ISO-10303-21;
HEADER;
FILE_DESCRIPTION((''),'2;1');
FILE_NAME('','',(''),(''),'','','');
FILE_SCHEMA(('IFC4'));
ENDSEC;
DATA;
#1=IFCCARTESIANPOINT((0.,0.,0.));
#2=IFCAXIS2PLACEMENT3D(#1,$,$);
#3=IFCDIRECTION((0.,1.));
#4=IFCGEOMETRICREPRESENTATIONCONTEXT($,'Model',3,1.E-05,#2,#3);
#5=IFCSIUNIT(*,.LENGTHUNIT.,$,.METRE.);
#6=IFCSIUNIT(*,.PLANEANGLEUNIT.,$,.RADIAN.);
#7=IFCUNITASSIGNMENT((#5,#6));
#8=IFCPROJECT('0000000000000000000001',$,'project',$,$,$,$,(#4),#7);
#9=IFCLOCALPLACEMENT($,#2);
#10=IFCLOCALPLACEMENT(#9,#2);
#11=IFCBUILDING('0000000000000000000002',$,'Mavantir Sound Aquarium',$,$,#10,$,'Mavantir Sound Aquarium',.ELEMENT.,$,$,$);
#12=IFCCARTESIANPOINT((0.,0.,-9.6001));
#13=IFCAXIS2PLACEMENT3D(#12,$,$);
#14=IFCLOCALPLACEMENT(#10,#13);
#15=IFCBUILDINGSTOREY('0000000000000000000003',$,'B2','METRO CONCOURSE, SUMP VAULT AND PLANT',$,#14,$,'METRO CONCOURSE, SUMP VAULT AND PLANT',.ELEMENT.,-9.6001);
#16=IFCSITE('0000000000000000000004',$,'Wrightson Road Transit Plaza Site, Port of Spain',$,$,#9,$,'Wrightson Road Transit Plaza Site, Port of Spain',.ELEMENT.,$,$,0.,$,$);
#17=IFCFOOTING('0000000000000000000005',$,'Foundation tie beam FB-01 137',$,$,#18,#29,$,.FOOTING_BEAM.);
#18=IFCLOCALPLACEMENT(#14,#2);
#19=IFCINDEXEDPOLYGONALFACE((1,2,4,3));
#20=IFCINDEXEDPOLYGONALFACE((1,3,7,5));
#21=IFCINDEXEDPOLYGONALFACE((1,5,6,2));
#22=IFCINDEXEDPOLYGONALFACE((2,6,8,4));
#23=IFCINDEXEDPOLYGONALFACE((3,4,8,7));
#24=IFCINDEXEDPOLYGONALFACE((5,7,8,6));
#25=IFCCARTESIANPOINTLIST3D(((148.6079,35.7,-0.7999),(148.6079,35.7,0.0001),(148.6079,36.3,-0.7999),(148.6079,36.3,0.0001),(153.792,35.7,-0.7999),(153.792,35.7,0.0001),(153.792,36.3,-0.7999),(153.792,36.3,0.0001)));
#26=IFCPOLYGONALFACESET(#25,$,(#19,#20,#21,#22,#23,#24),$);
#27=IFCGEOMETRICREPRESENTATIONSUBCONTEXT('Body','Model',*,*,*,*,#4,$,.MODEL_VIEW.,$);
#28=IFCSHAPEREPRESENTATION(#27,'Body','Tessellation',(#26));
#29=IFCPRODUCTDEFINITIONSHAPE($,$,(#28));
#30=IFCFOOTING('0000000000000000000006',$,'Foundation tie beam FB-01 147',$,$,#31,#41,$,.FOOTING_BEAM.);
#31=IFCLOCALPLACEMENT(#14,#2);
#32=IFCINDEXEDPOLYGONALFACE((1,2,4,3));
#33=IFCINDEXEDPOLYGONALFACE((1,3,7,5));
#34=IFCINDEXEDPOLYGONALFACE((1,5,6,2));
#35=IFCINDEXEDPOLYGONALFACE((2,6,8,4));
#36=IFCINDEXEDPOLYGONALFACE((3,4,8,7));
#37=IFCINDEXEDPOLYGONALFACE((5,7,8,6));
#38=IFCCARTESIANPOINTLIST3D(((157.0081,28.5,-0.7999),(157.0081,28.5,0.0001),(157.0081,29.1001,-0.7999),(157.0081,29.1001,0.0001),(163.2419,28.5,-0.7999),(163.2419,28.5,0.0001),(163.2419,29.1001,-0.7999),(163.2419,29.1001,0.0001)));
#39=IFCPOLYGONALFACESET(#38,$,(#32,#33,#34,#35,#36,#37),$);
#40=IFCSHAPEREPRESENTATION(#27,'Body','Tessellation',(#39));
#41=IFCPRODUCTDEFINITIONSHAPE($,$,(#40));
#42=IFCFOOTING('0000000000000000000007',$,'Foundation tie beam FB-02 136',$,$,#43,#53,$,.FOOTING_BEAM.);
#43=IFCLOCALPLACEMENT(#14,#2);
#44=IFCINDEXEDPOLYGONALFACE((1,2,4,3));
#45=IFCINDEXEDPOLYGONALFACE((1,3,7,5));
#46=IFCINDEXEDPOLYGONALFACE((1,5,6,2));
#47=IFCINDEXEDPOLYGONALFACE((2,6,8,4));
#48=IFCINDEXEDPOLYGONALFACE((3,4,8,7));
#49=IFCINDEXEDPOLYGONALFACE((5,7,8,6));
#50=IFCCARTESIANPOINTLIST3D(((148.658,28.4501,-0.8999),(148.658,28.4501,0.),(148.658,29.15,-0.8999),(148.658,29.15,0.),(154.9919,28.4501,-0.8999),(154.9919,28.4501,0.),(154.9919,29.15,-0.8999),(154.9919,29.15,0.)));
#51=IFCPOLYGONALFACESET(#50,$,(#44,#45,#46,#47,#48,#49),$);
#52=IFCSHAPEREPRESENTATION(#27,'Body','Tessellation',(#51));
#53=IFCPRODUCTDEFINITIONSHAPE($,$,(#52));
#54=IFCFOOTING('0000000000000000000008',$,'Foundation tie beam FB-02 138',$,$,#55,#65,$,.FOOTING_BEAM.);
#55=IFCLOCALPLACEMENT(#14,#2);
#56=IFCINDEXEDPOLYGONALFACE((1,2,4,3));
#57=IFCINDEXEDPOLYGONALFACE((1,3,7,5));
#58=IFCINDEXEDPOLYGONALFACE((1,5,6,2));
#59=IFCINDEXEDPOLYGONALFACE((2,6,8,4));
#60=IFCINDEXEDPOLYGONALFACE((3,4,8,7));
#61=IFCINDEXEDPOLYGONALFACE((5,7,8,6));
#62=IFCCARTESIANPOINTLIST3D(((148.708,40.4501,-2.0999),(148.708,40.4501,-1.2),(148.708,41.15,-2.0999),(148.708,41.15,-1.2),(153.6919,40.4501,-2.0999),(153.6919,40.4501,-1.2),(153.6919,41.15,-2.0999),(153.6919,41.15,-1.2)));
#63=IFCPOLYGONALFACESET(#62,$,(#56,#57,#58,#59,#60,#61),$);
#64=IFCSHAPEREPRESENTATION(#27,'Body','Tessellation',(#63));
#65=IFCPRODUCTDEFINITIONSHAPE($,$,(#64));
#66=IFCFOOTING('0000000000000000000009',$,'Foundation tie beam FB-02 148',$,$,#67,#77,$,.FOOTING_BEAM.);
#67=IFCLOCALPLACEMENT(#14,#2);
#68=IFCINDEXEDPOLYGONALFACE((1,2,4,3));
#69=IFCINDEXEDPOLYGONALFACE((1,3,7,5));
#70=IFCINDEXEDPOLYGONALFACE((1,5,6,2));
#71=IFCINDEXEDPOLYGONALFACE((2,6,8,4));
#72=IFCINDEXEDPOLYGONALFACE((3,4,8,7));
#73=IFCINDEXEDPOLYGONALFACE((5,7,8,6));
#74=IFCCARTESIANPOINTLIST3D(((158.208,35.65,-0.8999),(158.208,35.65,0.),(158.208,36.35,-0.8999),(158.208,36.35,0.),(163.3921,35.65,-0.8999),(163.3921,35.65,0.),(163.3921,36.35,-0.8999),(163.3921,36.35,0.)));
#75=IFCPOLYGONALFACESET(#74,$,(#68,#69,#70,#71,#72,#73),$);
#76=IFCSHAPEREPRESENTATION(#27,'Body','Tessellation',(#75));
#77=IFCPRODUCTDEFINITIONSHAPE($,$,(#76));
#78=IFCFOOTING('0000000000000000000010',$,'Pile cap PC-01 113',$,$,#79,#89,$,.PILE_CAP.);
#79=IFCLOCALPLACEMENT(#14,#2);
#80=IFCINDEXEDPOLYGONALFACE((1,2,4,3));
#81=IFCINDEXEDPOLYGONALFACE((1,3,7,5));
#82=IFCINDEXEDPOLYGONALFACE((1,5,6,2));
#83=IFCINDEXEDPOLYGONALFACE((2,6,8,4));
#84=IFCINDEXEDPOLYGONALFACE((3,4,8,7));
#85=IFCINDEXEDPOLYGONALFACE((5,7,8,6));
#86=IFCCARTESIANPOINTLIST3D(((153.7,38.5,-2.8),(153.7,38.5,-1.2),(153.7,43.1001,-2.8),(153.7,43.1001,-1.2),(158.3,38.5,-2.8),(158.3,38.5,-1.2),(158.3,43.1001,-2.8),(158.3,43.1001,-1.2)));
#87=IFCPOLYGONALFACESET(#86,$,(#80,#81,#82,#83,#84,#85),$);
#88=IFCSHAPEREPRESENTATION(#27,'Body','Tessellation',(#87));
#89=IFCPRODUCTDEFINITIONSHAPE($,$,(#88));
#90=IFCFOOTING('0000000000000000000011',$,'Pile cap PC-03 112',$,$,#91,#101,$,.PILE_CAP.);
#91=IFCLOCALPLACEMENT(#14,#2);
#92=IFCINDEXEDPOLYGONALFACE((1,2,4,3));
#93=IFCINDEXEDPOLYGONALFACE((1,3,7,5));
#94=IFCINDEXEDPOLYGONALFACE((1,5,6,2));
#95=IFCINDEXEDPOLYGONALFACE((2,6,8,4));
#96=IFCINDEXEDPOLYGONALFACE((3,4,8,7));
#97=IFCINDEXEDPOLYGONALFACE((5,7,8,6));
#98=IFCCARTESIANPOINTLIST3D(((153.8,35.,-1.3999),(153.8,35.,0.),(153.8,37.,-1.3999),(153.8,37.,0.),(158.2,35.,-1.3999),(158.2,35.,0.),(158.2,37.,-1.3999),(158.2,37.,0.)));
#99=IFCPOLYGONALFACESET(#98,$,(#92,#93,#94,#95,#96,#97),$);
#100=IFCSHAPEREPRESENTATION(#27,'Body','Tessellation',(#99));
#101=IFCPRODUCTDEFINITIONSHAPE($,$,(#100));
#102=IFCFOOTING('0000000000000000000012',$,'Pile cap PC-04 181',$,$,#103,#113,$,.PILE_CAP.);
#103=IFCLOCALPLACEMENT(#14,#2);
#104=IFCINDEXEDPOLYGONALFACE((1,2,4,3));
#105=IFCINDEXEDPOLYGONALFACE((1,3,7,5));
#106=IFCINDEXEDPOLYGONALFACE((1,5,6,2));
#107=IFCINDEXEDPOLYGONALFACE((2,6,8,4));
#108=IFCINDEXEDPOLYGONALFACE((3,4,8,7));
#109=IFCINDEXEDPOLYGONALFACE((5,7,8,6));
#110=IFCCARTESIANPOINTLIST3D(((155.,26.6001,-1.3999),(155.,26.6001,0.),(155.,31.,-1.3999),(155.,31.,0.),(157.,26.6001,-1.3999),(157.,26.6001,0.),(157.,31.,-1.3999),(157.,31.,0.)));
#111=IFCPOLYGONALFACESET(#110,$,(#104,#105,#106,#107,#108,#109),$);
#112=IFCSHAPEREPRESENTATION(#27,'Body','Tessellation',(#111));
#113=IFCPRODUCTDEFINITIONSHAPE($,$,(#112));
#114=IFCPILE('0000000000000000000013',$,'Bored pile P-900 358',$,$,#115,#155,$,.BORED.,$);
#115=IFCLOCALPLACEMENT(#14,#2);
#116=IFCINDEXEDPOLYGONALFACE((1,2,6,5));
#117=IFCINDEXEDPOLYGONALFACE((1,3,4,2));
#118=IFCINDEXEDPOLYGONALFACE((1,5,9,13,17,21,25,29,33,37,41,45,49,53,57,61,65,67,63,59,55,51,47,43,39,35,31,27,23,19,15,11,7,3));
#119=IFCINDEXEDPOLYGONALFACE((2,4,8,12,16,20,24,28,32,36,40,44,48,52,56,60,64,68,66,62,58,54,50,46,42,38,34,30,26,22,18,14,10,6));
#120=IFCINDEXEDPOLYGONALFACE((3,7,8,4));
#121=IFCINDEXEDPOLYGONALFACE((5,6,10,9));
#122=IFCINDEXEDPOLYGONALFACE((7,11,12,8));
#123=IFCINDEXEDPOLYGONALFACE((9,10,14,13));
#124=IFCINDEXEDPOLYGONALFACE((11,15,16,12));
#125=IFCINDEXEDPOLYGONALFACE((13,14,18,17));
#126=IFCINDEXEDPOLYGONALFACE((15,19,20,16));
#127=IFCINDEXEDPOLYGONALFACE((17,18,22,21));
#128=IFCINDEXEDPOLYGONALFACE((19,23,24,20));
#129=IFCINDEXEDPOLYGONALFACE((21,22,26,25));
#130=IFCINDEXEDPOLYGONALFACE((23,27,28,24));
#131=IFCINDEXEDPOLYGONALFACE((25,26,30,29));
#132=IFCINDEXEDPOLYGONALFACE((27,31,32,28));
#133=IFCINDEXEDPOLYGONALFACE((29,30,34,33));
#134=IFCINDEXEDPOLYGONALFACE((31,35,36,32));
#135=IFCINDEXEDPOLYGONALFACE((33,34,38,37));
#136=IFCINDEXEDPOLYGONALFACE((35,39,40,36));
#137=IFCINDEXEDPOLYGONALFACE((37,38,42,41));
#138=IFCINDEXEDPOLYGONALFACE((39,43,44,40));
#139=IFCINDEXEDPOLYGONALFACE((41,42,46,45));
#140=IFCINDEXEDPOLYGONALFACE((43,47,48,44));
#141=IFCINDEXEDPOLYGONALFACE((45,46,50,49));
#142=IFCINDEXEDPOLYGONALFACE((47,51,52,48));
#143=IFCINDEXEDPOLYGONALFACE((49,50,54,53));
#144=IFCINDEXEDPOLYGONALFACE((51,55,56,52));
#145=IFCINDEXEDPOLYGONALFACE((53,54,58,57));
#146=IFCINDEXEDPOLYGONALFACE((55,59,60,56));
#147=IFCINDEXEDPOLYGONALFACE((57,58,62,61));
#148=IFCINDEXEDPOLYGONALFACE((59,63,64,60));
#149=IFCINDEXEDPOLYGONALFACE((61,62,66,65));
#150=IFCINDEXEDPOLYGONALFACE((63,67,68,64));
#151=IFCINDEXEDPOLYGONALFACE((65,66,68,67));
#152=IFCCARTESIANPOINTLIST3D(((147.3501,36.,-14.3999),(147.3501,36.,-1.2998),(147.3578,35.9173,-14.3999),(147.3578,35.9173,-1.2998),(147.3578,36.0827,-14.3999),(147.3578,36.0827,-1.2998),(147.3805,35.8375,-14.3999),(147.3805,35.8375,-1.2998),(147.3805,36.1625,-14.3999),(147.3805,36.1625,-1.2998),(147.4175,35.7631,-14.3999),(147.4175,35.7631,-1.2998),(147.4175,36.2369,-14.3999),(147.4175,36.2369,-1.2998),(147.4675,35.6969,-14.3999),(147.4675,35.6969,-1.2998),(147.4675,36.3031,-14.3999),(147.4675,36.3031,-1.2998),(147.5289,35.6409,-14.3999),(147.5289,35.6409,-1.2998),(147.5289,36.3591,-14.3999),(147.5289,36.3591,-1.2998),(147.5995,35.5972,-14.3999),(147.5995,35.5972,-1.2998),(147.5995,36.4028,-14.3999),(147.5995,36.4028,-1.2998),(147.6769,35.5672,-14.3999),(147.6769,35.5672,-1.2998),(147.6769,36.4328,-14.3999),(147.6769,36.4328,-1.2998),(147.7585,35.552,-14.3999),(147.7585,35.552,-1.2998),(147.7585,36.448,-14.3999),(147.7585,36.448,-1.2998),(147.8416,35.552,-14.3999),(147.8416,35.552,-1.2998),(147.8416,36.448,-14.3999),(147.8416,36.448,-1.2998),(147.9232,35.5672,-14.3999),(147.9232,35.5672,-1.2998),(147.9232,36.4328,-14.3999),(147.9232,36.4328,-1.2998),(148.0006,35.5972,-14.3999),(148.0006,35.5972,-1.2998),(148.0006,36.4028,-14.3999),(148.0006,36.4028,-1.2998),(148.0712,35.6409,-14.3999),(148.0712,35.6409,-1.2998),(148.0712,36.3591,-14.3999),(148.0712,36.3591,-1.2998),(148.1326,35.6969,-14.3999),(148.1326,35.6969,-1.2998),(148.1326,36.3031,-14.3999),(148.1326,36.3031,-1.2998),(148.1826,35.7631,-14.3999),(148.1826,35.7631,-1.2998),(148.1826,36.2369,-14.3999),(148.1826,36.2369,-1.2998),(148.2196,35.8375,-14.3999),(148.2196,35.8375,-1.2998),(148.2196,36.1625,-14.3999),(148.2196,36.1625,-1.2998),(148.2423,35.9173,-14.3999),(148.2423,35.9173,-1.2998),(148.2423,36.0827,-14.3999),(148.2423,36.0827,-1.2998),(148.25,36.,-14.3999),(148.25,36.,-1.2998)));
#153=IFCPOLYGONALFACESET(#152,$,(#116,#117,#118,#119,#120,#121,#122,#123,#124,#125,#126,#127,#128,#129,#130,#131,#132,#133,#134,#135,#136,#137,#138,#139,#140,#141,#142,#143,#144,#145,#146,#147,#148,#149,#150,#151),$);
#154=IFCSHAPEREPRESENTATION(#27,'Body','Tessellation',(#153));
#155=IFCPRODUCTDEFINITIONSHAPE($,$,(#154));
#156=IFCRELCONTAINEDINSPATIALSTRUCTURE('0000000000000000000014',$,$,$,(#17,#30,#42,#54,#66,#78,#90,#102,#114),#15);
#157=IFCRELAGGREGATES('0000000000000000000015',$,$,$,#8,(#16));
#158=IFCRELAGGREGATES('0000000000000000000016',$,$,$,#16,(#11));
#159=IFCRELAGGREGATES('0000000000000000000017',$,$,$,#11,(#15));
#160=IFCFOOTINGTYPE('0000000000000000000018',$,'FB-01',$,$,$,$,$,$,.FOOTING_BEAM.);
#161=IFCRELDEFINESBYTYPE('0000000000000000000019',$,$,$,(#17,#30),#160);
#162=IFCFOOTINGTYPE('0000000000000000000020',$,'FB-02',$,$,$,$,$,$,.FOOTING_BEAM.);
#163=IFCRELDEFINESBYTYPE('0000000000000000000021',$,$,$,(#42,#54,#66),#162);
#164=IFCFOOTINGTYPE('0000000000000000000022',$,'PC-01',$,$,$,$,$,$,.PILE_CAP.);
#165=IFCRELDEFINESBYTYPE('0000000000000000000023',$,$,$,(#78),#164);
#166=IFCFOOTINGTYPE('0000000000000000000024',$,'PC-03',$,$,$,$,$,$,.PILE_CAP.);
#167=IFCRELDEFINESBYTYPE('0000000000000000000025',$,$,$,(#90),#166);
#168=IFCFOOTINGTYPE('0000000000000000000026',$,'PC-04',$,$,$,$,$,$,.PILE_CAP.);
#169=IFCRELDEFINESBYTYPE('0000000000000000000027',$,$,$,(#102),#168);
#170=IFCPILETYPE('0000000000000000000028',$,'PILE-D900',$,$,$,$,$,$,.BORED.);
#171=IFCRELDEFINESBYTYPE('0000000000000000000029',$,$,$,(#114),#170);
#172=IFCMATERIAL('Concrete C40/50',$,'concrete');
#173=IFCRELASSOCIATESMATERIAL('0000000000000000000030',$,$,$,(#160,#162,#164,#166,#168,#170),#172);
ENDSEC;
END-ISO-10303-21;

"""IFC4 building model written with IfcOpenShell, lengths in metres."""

from ifc_helpers import new_model, si_unit, direction, frame, origin, origin_2d, place, context, subcontext, project, spatial, rectangle, circle, extrude, material, material_profile, profile_set, type_object, element, save


model = new_model("IFC4")

# Units and contexts
model_context = context("Model", 3, precision=1e-05, world=origin(), true_north=direction((0.0, 1.0)))
body_context = subcontext(model_context, "Body", "Model", "MODEL_VIEW")
ifc_project = project(units=[si_unit("LENGTHUNIT", "METRE"), si_unit("PLANEANGLEUNIT", "RADIAN")], contexts=[model_context])

# Site, building, storey
site_placement = place(None, origin())
site = spatial("IfcSite", under=ifc_project, at=site_placement, Name="Wrightson Road Transit Plaza Site, Port of Spain", LongName="Wrightson Road Transit Plaza Site, Port of Spain", CompositionType="ELEMENT", RefElevation=0.0)
building_placement = place(site_placement, origin())
building = spatial("IfcBuilding", under=site, at=building_placement, Name="Mavantir Sound Aquarium", LongName="Mavantir Sound Aquarium", CompositionType="ELEMENT")
storey_placement = place(building_placement, frame((0.0, 0.0, -9.6001)))
storey = spatial("IfcBuildingStorey", under=building, at=storey_placement, Name="B2", Description="METRO CONCOURSE, SUMP VAULT AND PLANT", LongName="METRO CONCOURSE, SUMP VAULT AND PLANT", CompositionType="ELEMENT", Elevation=-9.6001)

# Footings
ifc_material_1 = material(Name="Concrete C40/50", Category="concrete")
ifc_material_profile_1 = material_profile(ifc_material_1, rectangle(XDim=0.6001, YDim=0.8, at=origin_2d()), Name="RC 600X800")
ifc_profile_set_1 = profile_set([ifc_material_profile_1], Name="Concrete C40/50")
footing_type_1 = type_object("IfcFootingType", Name="FB-01", PredefinedType="FOOTING_BEAM", material=ifc_profile_set_1)
footing_1_placement = place(storey_placement, frame((148.6079, 36.0, -0.3999), z_axis=(1.0, 0.0, 0.0), x_axis=(0.0, 1.0, 0.0)))
element("IfcFooting", 1, at=footing_1_placement, inside=storey, type_object=footing_type_1, Name="Foundation tie beam FB-01 137", PredefinedType="FOOTING_BEAM", context=body_context, shape_type="SweptSolid", body=[
    extrude(rectangle(XDim=0.6001, YDim=0.8, at=origin_2d()), origin(), (0.0, 0.0, 1.0), 5.1841),
])
footing_2_placement = place(storey_placement, frame((157.0081, 28.8, -0.3999), z_axis=(1.0, 0.0, 0.0), x_axis=(0.0, 1.0, 0.0)))
element("IfcFooting", 2, at=footing_2_placement, inside=storey, type_object=footing_type_1, Name="Foundation tie beam FB-01 147", PredefinedType="FOOTING_BEAM", context=body_context, shape_type="SweptSolid", body=[
    extrude(rectangle(XDim=0.6001, YDim=0.8, at=origin_2d()), origin(), (0.0, 0.0, 1.0), 6.2339),
])
ifc_material_profile_2 = material_profile(ifc_material_1, rectangle(XDim=0.7, YDim=0.8999, at=origin_2d()), Name="RC 700X900")
ifc_profile_set_2 = profile_set([ifc_material_profile_2], Name="Concrete C40/50")
footing_type_2 = type_object("IfcFootingType", Name="FB-02", PredefinedType="FOOTING_BEAM", material=ifc_profile_set_2)
footing_3_placement = place(storey_placement, frame((148.658, 28.8, -0.45), z_axis=(1.0, 0.0, 0.0), x_axis=(0.0, 1.0, 0.0)))
element("IfcFooting", 3, at=footing_3_placement, inside=storey, type_object=footing_type_2, Name="Foundation tie beam FB-02 136", PredefinedType="FOOTING_BEAM", context=body_context, shape_type="SweptSolid", body=[
    extrude(rectangle(XDim=0.7, YDim=0.8999, at=origin_2d()), origin(), (0.0, 0.0, 1.0), 6.334),
])
footing_4_placement = place(storey_placement, frame((148.708, 40.8, -1.6499), z_axis=(1.0, 0.0, 0.0), x_axis=(0.0, 1.0, 0.0)))
element("IfcFooting", 4, at=footing_4_placement, inside=storey, type_object=footing_type_2, Name="Foundation tie beam FB-02 138", PredefinedType="FOOTING_BEAM", context=body_context, shape_type="SweptSolid", body=[
    extrude(rectangle(XDim=0.7, YDim=0.8999, at=origin_2d()), origin(), (0.0, 0.0, 1.0), 4.9839),
])
footing_5_placement = place(storey_placement, frame((158.208, 36.0, -0.45), z_axis=(1.0, 0.0, 0.0), x_axis=(0.0, 1.0, 0.0)))
element("IfcFooting", 5, at=footing_5_placement, inside=storey, type_object=footing_type_2, Name="Foundation tie beam FB-02 148", PredefinedType="FOOTING_BEAM", context=body_context, shape_type="SweptSolid", body=[
    extrude(rectangle(XDim=0.7, YDim=0.8999, at=origin_2d()), origin(), (0.0, 0.0, 1.0), 5.1841),
])
footing_type_3 = type_object("IfcFootingType", Name="PC-01", PredefinedType="PILE_CAP", material=ifc_material_1)
footing_6_placement = place(storey_placement, frame((156.0, 40.8, -2.8), z_axis=(0.0, 0.0, 1.0), x_axis=(1.0, 0.0, 0.0)))
element("IfcFooting", 6, at=footing_6_placement, inside=storey, type_object=footing_type_3, Name="Pile cap PC-01 113", PredefinedType="PILE_CAP", context=body_context, shape_type="SweptSolid", body=[
    extrude(rectangle(XDim=4.6001, YDim=4.6001, at=origin_2d()), origin(), (0.0, 0.0, 1.0), 1.6001),
])
footing_type_4 = type_object("IfcFootingType", Name="PC-03", PredefinedType="PILE_CAP", material=ifc_material_1)
footing_7_placement = place(storey_placement, frame((156.0, 36.0, -1.3999), z_axis=(0.0, 0.0, 1.0), x_axis=(1.0, 0.0, 0.0)))
element("IfcFooting", 7, at=footing_7_placement, inside=storey, type_object=footing_type_4, Name="Pile cap PC-03 112", PredefinedType="PILE_CAP", context=body_context, shape_type="SweptSolid", body=[
    extrude(rectangle(XDim=4.3999, YDim=2.0, at=origin_2d()), origin(), (0.0, 0.0, 1.0), 1.3999),
])
footing_type_5 = type_object("IfcFootingType", Name="PC-04", PredefinedType="PILE_CAP", material=ifc_material_1)
footing_8_placement = place(storey_placement, frame((156.0, 28.8, -1.3999), z_axis=(0.0, 0.0, 1.0), x_axis=(1.0, 0.0, 0.0)))
element("IfcFooting", 8, at=footing_8_placement, inside=storey, type_object=footing_type_5, Name="Pile cap PC-04 181", PredefinedType="PILE_CAP", context=body_context, shape_type="SweptSolid", body=[
    extrude(rectangle(XDim=2.0, YDim=4.3999, at=origin_2d()), origin(), (0.0, 0.0, 1.0), 1.3999),
])

# Pile
ifc_material_profile_3 = material_profile(ifc_material_1, circle(Radius=0.45, at=origin_2d()), Name="PILE D900")
ifc_profile_set_3 = profile_set([ifc_material_profile_3], Name="Concrete C40/50")
pile_type = type_object("IfcPileType", Name="PILE-D900", PredefinedType="BORED", material=ifc_profile_set_3)
pile_1_placement = place(storey_placement, frame((147.8, 36.0, -1.2998), z_axis=(0.0, 0.0, -1.0), x_axis=(1.0, 0.0, 0.0)))
element("IfcPile", 9, at=pile_1_placement, inside=storey, type_object=pile_type, Name="Bored pile P-900 358", PredefinedType="BORED", context=body_context, shape_type="SweptSolid", body=[
    extrude(circle(Radius=0.45, at=origin_2d()), origin(), (0.0, 0.0, 1.0), 13.1001),
])

save(model, "model.ifc")
